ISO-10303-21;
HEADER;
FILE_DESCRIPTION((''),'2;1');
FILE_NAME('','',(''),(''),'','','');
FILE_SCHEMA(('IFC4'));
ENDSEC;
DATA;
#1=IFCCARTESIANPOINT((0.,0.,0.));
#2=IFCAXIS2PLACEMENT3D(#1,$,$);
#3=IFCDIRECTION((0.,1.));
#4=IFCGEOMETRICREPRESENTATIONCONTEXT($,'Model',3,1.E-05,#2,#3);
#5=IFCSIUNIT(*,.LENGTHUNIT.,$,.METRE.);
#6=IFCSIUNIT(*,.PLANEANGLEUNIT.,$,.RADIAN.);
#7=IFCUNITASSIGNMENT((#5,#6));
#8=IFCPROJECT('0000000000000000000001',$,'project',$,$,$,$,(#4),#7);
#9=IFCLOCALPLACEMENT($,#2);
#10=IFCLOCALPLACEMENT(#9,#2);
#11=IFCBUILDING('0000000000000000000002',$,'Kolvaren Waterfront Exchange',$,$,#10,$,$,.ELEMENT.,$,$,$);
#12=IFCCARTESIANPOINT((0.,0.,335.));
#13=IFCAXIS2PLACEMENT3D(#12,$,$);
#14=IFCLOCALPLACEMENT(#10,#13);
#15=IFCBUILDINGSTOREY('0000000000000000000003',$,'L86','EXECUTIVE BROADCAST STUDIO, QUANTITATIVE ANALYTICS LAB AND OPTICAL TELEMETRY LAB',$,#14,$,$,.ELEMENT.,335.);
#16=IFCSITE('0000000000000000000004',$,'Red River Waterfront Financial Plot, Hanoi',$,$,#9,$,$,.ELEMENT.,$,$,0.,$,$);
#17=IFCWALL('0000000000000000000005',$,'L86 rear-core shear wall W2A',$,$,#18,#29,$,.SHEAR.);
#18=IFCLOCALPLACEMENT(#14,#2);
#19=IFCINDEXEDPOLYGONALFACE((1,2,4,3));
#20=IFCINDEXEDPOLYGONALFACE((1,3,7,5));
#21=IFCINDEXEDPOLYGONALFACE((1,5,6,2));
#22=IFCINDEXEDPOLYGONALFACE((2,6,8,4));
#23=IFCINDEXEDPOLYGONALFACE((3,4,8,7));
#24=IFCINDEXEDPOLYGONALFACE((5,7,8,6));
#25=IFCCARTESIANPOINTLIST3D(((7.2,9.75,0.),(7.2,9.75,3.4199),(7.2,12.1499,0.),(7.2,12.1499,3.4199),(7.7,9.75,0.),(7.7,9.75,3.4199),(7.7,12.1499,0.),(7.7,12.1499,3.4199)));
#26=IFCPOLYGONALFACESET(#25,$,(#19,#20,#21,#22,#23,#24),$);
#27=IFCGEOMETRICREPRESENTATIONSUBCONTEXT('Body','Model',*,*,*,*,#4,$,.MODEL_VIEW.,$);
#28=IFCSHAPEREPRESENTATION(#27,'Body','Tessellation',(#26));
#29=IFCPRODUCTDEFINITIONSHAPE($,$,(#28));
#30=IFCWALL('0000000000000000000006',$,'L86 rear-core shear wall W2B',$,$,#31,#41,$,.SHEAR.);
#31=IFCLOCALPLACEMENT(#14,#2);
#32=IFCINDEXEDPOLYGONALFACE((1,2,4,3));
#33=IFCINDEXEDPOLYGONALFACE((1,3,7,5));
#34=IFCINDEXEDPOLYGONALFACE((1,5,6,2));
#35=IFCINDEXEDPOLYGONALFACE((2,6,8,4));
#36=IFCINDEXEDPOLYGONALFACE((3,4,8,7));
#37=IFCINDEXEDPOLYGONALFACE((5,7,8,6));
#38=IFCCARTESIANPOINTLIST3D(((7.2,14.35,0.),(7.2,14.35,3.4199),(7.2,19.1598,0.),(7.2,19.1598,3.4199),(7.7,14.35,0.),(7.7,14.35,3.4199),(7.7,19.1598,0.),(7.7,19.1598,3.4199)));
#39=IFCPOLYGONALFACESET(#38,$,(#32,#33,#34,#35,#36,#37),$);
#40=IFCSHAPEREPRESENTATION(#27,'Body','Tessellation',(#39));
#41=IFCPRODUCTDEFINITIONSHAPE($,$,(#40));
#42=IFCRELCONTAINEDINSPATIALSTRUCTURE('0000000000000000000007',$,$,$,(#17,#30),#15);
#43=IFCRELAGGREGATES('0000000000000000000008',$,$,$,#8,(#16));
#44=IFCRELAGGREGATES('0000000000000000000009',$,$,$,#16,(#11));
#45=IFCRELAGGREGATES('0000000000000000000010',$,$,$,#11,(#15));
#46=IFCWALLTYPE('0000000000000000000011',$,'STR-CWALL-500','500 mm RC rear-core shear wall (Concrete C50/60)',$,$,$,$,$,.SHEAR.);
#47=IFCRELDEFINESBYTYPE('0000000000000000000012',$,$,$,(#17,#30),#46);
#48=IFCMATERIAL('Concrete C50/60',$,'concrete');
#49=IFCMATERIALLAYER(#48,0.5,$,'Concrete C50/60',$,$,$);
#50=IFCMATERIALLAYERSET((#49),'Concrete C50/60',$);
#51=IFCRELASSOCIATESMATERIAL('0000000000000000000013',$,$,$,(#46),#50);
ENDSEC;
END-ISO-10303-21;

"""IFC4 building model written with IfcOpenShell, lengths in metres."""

from ifc_helpers import new_model, si_unit, direction, frame, frame_2d, origin, place, context, subcontext, project, spatial, rectangle, extrude, material, layer, layer_set, type_object, element, save


model = new_model("IFC4")

# Units and contexts
model_context = context("Model", 3, precision=1e-05, world=origin(), true_north=direction((0.0, 1.0)))
body_context = subcontext(model_context, "Body", "Model", "MODEL_VIEW")
ifc_project = project(units=[si_unit("LENGTHUNIT", "METRE"), si_unit("PLANEANGLEUNIT", "RADIAN")], contexts=[model_context])

# Site, building, storey
site_placement = place(None, origin())
site = spatial("IfcSite", under=ifc_project, at=site_placement, Name="Red River Waterfront Financial Plot, Hanoi", CompositionType="ELEMENT", RefElevation=0.0)
building_placement = place(site_placement, origin())
building = spatial("IfcBuilding", under=site, at=building_placement, Name="Kolvaren Waterfront Exchange", CompositionType="ELEMENT")
storey_placement = place(building_placement, frame((0.0, 0.0, 335.0)))
storey = spatial("IfcBuildingStorey", under=building, at=storey_placement, Name="L86", Description="EXECUTIVE BROADCAST STUDIO, QUANTITATIVE ANALYTICS LAB AND OPTICAL TELEMETRY LAB", CompositionType="ELEMENT", Elevation=335.0)

# Walls
ifc_material_1 = material(Name="Concrete C50/60", Category="concrete")
ifc_layer_1 = layer(ifc_material_1, 0.5, Name="Concrete C50/60")
ifc_layer_set_1 = layer_set([ifc_layer_1], Name="Concrete C50/60")
wall_type_1 = type_object("IfcWallType", Name="STR-CWALL-500", Description="500 mm RC rear-core shear wall (Concrete C50/60)", PredefinedType="SHEAR", material=ifc_layer_set_1)
wall_1_placement = place(storey_placement, frame((7.45, 9.75, 0.0), z_axis=(0.0, 0.0, 1.0), x_axis=(0.0, 1.0, 0.0)))
element("IfcWall", 1, at=wall_1_placement, inside=storey, type_object=wall_type_1, Name="L86 rear-core shear wall W2A", PredefinedType="SHEAR", context=body_context, shape_type="SweptSolid", body=[
    extrude(rectangle(XDim=2.3999, YDim=0.5, at=frame_2d((1.2, 0.0))), origin(), (0.0, 0.0, 1.0), 3.4199),
])
wall_2_placement = place(storey_placement, frame((7.45, 14.3501, 0.0), z_axis=(0.0, 0.0, 1.0), x_axis=(0.0, 1.0, 0.0)))
element("IfcWall", 2, at=wall_2_placement, inside=storey, type_object=wall_type_1, Name="L86 rear-core shear wall W2B", PredefinedType="SHEAR", context=body_context, shape_type="SweptSolid", body=[
    extrude(rectangle(XDim=4.8098, YDim=0.5, at=frame_2d((2.4048, 0.0))), origin(), (0.0, 0.0, 1.0), 3.4199),
])

save(model, "model.ifc")
